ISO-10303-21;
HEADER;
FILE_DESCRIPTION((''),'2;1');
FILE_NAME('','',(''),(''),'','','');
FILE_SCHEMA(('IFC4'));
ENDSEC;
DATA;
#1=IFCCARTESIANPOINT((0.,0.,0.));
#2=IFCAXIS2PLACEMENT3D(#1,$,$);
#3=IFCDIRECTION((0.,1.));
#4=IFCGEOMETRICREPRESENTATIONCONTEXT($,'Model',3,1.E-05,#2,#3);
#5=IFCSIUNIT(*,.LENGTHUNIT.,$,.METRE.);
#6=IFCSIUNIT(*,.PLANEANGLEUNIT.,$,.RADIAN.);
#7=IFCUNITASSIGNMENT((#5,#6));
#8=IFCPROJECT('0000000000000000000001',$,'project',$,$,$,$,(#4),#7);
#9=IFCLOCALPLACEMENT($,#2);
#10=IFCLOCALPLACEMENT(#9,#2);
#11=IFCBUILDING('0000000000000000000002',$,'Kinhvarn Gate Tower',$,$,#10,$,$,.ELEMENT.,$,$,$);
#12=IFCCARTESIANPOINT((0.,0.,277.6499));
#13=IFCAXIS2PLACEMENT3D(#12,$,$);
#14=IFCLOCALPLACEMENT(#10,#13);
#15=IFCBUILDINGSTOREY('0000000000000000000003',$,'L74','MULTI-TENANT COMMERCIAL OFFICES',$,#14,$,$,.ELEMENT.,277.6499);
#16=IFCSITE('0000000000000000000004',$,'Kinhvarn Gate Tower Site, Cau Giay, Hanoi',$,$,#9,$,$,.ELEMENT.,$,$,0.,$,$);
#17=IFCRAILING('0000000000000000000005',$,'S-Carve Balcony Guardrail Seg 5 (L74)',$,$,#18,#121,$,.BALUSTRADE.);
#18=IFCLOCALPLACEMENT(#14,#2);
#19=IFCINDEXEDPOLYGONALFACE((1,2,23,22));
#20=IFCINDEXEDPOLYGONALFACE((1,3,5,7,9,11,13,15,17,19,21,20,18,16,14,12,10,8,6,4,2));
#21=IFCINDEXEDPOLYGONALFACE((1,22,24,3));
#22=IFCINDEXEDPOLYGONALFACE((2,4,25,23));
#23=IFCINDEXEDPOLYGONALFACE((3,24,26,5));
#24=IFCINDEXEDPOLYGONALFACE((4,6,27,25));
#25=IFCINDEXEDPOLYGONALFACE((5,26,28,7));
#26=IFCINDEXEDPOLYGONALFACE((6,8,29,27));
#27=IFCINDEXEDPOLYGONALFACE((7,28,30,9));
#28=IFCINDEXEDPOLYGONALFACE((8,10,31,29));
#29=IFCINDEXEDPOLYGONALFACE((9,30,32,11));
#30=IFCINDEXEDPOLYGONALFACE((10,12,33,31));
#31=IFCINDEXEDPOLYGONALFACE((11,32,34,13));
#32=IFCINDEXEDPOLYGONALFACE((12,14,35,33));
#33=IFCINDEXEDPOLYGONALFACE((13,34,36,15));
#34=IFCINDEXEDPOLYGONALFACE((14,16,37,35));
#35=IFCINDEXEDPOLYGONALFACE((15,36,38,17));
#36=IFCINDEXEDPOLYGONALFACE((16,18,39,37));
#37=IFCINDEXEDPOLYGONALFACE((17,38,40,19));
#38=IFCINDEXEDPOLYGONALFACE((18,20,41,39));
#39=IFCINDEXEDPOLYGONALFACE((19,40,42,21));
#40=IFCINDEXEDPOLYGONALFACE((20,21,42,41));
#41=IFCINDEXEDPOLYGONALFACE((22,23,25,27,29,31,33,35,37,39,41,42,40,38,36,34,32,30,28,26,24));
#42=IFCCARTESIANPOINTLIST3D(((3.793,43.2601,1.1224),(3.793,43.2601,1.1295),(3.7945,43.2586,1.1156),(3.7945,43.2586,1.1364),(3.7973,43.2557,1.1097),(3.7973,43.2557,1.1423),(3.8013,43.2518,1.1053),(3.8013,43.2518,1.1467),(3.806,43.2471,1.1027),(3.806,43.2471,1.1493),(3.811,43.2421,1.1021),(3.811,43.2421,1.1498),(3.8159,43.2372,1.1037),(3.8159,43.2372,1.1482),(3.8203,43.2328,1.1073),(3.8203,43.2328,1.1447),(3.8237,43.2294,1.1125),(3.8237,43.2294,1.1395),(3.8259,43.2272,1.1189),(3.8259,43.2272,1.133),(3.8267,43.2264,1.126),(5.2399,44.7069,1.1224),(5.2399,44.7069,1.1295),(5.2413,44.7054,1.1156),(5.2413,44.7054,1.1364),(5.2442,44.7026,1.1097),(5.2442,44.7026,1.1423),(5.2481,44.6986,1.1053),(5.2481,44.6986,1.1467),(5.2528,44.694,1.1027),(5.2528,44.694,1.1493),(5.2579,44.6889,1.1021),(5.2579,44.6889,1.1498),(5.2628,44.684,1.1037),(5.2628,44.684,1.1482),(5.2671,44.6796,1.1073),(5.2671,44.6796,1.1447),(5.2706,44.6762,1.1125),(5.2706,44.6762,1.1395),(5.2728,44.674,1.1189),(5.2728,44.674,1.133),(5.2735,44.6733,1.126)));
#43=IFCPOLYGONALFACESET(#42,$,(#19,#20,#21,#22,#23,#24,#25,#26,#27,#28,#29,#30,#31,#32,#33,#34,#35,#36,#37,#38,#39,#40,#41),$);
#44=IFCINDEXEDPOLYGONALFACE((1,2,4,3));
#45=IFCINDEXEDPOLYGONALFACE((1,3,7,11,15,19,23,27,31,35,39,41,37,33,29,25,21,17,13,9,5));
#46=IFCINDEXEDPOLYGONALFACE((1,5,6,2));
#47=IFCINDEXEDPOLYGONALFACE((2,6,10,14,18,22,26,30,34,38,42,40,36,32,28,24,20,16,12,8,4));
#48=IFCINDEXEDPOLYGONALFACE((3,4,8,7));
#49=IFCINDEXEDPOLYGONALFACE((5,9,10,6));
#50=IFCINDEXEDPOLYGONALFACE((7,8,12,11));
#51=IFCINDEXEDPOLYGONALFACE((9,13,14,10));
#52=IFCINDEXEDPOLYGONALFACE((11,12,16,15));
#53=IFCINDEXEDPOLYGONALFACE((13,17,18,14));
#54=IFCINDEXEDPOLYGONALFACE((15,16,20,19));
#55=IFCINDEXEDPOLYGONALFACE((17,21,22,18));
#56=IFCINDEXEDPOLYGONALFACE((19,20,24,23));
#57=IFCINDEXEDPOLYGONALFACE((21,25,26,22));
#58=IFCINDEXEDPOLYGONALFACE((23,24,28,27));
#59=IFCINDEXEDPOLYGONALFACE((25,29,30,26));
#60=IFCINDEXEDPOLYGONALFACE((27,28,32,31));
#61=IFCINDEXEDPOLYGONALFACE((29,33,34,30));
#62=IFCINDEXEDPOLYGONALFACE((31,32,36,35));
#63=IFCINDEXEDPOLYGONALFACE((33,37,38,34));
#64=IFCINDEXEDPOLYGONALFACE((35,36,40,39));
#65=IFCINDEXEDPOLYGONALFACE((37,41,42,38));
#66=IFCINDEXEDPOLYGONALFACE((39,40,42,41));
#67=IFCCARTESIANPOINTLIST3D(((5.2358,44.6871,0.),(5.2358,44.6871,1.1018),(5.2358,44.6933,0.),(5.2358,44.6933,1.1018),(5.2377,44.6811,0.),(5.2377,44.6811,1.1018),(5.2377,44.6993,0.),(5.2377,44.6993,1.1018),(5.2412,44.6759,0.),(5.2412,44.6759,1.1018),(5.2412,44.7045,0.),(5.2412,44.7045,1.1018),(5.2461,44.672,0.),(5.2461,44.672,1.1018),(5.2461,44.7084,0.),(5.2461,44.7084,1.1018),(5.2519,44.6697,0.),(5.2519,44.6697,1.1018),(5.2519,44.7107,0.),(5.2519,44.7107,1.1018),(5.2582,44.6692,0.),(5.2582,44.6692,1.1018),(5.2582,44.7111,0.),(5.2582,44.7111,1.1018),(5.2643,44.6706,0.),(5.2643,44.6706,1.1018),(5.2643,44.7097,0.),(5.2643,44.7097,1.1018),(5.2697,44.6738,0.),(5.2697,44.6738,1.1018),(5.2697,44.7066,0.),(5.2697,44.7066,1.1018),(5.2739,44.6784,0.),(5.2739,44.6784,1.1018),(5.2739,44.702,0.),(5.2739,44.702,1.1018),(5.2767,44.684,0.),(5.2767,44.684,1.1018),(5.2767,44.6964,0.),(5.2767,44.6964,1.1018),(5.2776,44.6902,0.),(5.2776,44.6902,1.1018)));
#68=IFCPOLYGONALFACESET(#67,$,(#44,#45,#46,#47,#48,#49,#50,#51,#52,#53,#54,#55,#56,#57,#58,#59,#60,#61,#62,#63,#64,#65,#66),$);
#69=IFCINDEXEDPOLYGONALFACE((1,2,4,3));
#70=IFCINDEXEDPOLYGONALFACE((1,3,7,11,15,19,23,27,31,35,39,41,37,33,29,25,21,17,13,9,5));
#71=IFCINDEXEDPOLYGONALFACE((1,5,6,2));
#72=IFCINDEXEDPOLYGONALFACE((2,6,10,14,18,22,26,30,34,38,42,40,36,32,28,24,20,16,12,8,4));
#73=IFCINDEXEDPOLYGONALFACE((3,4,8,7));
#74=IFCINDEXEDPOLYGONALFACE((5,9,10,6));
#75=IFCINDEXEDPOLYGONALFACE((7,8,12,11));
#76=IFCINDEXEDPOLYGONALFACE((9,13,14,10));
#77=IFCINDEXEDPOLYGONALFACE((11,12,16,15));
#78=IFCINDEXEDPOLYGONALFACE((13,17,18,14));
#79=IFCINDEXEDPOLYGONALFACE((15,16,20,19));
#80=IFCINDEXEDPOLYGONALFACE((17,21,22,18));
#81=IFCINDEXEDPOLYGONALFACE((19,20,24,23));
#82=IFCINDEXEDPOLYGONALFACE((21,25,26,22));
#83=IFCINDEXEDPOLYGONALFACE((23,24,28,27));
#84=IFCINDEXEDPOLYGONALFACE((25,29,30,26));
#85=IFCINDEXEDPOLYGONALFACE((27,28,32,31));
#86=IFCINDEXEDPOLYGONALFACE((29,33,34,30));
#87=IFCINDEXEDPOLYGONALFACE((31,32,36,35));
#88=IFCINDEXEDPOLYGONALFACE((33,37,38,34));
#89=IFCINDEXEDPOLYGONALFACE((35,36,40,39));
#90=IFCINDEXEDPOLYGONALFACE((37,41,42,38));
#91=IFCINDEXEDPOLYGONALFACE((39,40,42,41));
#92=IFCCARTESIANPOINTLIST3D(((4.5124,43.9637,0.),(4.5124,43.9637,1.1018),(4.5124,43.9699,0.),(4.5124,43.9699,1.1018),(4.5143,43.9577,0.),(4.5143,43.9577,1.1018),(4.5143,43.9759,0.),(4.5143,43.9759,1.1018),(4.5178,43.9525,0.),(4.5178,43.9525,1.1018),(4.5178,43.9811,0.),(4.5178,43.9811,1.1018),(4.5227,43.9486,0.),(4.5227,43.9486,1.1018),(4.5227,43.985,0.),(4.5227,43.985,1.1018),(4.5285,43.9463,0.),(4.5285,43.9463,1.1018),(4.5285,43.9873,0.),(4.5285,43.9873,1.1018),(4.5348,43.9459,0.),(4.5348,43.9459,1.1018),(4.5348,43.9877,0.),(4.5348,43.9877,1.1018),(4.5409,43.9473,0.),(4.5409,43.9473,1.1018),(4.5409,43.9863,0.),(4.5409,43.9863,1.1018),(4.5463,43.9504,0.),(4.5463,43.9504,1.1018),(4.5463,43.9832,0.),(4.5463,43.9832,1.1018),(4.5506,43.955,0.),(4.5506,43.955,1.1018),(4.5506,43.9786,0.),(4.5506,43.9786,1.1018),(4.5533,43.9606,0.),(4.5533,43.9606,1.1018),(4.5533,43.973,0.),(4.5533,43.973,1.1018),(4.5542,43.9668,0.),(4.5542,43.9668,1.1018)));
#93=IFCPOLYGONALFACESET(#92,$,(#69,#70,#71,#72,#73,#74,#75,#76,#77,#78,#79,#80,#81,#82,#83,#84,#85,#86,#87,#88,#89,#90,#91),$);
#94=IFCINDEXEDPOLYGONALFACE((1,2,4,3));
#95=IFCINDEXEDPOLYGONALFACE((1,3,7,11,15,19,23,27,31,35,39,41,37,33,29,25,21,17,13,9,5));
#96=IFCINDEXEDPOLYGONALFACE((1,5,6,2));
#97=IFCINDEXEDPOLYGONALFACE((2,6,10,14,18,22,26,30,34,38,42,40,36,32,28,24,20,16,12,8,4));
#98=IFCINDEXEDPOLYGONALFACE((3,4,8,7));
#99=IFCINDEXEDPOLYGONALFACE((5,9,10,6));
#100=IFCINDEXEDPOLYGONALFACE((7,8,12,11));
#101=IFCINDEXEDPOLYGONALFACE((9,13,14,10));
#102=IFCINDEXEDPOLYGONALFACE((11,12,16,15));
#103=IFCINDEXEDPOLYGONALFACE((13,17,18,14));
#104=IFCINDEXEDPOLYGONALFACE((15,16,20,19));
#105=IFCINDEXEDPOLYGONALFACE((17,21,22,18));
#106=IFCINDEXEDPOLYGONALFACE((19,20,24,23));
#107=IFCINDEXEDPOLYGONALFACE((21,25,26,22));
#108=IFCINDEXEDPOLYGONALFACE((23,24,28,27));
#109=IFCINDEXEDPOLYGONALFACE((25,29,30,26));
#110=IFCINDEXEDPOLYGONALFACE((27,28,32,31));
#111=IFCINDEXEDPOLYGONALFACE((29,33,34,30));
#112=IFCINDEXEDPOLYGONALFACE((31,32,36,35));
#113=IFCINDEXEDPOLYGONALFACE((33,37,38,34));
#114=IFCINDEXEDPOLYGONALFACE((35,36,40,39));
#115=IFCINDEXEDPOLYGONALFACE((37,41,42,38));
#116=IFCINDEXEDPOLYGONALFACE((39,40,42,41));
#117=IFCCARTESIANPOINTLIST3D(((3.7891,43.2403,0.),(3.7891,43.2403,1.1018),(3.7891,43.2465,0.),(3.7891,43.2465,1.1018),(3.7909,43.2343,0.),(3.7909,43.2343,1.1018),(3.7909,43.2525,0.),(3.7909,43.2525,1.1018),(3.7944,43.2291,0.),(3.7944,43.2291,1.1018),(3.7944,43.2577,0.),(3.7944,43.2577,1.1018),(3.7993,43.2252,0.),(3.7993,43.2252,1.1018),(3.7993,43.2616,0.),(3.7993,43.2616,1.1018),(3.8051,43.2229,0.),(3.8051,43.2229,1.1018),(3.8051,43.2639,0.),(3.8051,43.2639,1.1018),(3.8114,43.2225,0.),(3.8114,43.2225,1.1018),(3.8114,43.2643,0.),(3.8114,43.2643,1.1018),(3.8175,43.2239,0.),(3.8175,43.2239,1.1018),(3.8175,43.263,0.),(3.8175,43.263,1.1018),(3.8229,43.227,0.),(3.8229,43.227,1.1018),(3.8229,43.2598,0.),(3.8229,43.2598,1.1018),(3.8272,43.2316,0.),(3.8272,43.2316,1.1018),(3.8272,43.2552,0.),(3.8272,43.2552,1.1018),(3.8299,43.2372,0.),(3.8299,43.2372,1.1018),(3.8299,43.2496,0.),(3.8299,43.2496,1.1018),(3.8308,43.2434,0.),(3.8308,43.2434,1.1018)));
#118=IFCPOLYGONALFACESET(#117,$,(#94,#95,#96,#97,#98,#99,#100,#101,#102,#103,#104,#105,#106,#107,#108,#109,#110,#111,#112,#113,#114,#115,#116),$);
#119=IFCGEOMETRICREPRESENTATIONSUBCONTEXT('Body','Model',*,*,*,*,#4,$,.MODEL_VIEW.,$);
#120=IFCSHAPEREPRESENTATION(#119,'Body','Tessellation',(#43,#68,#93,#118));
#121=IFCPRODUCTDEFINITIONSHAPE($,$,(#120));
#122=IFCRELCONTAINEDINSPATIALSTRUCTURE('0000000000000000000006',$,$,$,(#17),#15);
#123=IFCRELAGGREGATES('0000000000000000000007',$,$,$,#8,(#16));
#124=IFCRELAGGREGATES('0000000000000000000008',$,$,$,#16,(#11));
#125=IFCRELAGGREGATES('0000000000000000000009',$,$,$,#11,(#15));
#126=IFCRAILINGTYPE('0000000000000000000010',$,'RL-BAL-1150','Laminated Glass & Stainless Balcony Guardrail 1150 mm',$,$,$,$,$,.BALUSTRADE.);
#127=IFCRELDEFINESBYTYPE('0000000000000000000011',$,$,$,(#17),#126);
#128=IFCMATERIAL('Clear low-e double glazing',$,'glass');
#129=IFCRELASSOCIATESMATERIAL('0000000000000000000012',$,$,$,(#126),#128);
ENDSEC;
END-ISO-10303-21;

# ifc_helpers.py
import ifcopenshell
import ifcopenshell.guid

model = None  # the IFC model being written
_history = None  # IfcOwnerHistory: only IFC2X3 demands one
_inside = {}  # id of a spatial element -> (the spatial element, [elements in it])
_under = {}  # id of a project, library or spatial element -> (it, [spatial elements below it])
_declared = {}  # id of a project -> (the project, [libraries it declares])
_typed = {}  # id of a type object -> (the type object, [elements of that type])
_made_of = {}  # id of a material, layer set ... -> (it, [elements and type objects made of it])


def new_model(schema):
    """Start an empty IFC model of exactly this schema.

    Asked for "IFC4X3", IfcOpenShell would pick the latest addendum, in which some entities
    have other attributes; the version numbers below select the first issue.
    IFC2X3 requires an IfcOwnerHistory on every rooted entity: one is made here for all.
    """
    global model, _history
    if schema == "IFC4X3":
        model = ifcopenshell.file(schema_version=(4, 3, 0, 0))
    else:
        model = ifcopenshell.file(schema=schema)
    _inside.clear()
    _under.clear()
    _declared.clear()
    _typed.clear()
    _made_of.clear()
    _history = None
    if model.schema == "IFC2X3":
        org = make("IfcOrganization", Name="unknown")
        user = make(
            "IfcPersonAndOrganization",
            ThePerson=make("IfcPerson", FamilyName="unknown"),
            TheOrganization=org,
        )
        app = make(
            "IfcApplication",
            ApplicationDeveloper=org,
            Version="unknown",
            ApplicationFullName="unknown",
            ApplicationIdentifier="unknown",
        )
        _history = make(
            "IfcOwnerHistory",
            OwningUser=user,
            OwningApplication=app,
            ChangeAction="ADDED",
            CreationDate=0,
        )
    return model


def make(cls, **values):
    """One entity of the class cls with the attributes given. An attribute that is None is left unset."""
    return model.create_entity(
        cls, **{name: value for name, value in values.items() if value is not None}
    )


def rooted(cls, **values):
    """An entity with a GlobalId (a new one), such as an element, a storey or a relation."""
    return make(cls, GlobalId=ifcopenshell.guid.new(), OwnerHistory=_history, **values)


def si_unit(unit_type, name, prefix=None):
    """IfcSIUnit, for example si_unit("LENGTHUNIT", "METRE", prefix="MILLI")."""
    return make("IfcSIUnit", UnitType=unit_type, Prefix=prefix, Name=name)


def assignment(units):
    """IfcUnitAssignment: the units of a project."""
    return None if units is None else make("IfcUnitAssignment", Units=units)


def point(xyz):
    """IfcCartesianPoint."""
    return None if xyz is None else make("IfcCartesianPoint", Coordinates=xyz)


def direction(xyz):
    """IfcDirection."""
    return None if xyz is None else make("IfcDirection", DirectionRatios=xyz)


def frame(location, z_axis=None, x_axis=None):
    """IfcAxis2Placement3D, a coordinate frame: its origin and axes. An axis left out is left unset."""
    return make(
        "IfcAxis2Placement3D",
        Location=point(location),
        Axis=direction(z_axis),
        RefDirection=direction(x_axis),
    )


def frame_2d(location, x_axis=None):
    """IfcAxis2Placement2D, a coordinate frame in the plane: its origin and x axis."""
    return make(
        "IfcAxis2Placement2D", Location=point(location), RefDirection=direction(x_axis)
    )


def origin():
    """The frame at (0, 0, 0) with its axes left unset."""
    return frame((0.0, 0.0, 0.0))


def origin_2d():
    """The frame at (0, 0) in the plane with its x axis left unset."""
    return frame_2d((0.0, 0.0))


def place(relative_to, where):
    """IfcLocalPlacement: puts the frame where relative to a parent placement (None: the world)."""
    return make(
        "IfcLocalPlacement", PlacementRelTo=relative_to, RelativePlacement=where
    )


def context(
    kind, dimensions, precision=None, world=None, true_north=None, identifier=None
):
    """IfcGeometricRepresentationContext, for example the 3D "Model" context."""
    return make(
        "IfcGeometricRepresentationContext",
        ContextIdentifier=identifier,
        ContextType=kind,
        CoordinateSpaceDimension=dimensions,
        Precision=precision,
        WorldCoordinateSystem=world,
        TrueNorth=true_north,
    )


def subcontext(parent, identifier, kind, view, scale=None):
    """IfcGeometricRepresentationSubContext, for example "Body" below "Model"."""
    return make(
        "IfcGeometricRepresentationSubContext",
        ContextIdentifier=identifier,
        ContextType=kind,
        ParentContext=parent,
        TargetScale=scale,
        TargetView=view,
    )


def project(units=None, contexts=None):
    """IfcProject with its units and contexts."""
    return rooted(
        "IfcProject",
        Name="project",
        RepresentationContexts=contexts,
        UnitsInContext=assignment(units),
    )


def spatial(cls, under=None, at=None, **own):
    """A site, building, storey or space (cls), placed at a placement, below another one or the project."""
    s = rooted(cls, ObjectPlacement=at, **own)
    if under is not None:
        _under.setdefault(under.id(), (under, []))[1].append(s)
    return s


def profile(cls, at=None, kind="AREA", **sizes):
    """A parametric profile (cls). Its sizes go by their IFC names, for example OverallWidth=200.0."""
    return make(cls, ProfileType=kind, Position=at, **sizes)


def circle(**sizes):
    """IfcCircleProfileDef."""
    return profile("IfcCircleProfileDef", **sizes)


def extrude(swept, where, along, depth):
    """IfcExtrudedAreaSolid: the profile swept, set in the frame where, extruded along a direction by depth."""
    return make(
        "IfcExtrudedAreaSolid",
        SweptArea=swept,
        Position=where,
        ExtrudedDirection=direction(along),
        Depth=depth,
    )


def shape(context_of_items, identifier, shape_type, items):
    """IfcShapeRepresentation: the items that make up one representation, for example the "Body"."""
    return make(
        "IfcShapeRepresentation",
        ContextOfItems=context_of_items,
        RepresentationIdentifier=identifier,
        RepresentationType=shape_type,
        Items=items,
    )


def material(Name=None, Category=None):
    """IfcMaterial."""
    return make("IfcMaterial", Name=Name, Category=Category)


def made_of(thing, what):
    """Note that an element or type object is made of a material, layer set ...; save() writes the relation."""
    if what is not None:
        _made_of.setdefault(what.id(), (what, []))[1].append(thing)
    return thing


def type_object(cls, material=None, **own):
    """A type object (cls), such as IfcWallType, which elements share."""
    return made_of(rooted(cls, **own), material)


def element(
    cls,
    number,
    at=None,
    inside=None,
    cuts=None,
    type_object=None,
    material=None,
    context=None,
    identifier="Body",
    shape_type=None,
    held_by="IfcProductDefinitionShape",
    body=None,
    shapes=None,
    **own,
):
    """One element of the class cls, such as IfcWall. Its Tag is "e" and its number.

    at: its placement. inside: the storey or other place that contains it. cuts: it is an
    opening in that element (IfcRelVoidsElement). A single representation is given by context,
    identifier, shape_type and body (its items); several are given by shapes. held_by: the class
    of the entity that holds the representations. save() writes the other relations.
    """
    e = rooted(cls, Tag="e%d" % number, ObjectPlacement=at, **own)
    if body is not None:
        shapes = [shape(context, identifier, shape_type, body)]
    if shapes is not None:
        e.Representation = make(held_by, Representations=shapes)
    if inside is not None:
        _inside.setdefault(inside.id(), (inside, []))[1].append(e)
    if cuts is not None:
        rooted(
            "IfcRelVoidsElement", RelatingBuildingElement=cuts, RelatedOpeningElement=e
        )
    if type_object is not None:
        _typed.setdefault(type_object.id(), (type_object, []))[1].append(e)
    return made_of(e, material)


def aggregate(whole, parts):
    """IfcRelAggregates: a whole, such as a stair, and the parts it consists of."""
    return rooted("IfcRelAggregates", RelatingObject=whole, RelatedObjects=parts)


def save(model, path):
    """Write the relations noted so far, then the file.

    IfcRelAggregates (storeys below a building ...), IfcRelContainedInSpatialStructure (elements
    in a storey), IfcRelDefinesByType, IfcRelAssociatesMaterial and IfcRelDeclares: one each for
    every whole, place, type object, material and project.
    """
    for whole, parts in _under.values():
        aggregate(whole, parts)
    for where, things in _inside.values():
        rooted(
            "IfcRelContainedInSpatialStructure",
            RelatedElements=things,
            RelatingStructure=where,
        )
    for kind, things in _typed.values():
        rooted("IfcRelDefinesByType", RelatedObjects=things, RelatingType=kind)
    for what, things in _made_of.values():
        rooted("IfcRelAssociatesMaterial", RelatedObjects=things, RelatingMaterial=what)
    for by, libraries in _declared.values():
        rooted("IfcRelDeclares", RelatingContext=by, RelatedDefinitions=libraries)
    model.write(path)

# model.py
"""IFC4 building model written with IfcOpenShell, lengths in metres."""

from ifc_helpers import new_model, si_unit, direction, frame, origin, origin_2d, place, context, subcontext, project, spatial, circle, extrude, material, type_object, element, save


model = new_model("IFC4")

# Units and contexts
model_context = context("Model", 3, precision=1e-05, world=origin(), true_north=direction((0.0, 1.0)))
body_context = subcontext(model_context, "Body", "Model", "MODEL_VIEW")
ifc_project = project(units=[si_unit("LENGTHUNIT", "METRE"), si_unit("PLANEANGLEUNIT", "RADIAN")], contexts=[model_context])

# Site, building, storey
site_placement = place(None, origin())
site = spatial("IfcSite", under=ifc_project, at=site_placement, Name="Kinhvarn Gate Tower Site, Cau Giay, Hanoi", CompositionType="ELEMENT", RefElevation=0.0)
building_placement = place(site_placement, origin())
building = spatial("IfcBuilding", under=site, at=building_placement, Name="Kinhvarn Gate Tower", CompositionType="ELEMENT")
storey_placement = place(building_placement, frame((0.0, 0.0, 277.6499)))
storey = spatial("IfcBuildingStorey", under=building, at=storey_placement, Name="L74", Description="MULTI-TENANT COMMERCIAL OFFICES", CompositionType="ELEMENT", Elevation=277.6499)

# Shared definitions
ifc_material_1 = material(Name="Clear low-e double glazing", Category="glass")

# Railing
railing_type = type_object("IfcRailingType", Name="RL-BAL-1150", Description="Laminated Glass & Stainless Balcony Guardrail 1150 mm", PredefinedType="BALUSTRADE", material=ifc_material_1)
railing_1_placement = place(storey_placement, frame((5.2566, 44.6902, 0.0)))
element("IfcRailing", 1, at=railing_1_placement, inside=storey, type_object=railing_type, Name="S-Carve Balcony Guardrail Seg 5 (L74)", PredefinedType="BALUSTRADE", context=body_context, shape_type="SweptSolid", body=[
    extrude(circle(Radius=0.0239, at=origin_2d()), frame((0.0, 0.0, 1.126), z_axis=(-0.707107, -0.707107, 0.0), x_axis=(0.707107, -0.707107, 0.0)), (0.0, 0.0, 1.0), 2.0461),
    extrude(circle(Radius=0.021, at=origin_2d()), origin(), (0.0, 0.0, 1.0), 1.1018),
    extrude(circle(Radius=0.021, at=origin_2d()), frame((-0.7234, -0.7234, 0.0)), (0.0, 0.0, 1.0), 1.1018),
    extrude(circle(Radius=0.021, at=origin_2d()), frame((-1.4468, -1.4468, 0.0)), (0.0, 0.0, 1.0), 1.1018),
])

save(model, "model.ifc")
